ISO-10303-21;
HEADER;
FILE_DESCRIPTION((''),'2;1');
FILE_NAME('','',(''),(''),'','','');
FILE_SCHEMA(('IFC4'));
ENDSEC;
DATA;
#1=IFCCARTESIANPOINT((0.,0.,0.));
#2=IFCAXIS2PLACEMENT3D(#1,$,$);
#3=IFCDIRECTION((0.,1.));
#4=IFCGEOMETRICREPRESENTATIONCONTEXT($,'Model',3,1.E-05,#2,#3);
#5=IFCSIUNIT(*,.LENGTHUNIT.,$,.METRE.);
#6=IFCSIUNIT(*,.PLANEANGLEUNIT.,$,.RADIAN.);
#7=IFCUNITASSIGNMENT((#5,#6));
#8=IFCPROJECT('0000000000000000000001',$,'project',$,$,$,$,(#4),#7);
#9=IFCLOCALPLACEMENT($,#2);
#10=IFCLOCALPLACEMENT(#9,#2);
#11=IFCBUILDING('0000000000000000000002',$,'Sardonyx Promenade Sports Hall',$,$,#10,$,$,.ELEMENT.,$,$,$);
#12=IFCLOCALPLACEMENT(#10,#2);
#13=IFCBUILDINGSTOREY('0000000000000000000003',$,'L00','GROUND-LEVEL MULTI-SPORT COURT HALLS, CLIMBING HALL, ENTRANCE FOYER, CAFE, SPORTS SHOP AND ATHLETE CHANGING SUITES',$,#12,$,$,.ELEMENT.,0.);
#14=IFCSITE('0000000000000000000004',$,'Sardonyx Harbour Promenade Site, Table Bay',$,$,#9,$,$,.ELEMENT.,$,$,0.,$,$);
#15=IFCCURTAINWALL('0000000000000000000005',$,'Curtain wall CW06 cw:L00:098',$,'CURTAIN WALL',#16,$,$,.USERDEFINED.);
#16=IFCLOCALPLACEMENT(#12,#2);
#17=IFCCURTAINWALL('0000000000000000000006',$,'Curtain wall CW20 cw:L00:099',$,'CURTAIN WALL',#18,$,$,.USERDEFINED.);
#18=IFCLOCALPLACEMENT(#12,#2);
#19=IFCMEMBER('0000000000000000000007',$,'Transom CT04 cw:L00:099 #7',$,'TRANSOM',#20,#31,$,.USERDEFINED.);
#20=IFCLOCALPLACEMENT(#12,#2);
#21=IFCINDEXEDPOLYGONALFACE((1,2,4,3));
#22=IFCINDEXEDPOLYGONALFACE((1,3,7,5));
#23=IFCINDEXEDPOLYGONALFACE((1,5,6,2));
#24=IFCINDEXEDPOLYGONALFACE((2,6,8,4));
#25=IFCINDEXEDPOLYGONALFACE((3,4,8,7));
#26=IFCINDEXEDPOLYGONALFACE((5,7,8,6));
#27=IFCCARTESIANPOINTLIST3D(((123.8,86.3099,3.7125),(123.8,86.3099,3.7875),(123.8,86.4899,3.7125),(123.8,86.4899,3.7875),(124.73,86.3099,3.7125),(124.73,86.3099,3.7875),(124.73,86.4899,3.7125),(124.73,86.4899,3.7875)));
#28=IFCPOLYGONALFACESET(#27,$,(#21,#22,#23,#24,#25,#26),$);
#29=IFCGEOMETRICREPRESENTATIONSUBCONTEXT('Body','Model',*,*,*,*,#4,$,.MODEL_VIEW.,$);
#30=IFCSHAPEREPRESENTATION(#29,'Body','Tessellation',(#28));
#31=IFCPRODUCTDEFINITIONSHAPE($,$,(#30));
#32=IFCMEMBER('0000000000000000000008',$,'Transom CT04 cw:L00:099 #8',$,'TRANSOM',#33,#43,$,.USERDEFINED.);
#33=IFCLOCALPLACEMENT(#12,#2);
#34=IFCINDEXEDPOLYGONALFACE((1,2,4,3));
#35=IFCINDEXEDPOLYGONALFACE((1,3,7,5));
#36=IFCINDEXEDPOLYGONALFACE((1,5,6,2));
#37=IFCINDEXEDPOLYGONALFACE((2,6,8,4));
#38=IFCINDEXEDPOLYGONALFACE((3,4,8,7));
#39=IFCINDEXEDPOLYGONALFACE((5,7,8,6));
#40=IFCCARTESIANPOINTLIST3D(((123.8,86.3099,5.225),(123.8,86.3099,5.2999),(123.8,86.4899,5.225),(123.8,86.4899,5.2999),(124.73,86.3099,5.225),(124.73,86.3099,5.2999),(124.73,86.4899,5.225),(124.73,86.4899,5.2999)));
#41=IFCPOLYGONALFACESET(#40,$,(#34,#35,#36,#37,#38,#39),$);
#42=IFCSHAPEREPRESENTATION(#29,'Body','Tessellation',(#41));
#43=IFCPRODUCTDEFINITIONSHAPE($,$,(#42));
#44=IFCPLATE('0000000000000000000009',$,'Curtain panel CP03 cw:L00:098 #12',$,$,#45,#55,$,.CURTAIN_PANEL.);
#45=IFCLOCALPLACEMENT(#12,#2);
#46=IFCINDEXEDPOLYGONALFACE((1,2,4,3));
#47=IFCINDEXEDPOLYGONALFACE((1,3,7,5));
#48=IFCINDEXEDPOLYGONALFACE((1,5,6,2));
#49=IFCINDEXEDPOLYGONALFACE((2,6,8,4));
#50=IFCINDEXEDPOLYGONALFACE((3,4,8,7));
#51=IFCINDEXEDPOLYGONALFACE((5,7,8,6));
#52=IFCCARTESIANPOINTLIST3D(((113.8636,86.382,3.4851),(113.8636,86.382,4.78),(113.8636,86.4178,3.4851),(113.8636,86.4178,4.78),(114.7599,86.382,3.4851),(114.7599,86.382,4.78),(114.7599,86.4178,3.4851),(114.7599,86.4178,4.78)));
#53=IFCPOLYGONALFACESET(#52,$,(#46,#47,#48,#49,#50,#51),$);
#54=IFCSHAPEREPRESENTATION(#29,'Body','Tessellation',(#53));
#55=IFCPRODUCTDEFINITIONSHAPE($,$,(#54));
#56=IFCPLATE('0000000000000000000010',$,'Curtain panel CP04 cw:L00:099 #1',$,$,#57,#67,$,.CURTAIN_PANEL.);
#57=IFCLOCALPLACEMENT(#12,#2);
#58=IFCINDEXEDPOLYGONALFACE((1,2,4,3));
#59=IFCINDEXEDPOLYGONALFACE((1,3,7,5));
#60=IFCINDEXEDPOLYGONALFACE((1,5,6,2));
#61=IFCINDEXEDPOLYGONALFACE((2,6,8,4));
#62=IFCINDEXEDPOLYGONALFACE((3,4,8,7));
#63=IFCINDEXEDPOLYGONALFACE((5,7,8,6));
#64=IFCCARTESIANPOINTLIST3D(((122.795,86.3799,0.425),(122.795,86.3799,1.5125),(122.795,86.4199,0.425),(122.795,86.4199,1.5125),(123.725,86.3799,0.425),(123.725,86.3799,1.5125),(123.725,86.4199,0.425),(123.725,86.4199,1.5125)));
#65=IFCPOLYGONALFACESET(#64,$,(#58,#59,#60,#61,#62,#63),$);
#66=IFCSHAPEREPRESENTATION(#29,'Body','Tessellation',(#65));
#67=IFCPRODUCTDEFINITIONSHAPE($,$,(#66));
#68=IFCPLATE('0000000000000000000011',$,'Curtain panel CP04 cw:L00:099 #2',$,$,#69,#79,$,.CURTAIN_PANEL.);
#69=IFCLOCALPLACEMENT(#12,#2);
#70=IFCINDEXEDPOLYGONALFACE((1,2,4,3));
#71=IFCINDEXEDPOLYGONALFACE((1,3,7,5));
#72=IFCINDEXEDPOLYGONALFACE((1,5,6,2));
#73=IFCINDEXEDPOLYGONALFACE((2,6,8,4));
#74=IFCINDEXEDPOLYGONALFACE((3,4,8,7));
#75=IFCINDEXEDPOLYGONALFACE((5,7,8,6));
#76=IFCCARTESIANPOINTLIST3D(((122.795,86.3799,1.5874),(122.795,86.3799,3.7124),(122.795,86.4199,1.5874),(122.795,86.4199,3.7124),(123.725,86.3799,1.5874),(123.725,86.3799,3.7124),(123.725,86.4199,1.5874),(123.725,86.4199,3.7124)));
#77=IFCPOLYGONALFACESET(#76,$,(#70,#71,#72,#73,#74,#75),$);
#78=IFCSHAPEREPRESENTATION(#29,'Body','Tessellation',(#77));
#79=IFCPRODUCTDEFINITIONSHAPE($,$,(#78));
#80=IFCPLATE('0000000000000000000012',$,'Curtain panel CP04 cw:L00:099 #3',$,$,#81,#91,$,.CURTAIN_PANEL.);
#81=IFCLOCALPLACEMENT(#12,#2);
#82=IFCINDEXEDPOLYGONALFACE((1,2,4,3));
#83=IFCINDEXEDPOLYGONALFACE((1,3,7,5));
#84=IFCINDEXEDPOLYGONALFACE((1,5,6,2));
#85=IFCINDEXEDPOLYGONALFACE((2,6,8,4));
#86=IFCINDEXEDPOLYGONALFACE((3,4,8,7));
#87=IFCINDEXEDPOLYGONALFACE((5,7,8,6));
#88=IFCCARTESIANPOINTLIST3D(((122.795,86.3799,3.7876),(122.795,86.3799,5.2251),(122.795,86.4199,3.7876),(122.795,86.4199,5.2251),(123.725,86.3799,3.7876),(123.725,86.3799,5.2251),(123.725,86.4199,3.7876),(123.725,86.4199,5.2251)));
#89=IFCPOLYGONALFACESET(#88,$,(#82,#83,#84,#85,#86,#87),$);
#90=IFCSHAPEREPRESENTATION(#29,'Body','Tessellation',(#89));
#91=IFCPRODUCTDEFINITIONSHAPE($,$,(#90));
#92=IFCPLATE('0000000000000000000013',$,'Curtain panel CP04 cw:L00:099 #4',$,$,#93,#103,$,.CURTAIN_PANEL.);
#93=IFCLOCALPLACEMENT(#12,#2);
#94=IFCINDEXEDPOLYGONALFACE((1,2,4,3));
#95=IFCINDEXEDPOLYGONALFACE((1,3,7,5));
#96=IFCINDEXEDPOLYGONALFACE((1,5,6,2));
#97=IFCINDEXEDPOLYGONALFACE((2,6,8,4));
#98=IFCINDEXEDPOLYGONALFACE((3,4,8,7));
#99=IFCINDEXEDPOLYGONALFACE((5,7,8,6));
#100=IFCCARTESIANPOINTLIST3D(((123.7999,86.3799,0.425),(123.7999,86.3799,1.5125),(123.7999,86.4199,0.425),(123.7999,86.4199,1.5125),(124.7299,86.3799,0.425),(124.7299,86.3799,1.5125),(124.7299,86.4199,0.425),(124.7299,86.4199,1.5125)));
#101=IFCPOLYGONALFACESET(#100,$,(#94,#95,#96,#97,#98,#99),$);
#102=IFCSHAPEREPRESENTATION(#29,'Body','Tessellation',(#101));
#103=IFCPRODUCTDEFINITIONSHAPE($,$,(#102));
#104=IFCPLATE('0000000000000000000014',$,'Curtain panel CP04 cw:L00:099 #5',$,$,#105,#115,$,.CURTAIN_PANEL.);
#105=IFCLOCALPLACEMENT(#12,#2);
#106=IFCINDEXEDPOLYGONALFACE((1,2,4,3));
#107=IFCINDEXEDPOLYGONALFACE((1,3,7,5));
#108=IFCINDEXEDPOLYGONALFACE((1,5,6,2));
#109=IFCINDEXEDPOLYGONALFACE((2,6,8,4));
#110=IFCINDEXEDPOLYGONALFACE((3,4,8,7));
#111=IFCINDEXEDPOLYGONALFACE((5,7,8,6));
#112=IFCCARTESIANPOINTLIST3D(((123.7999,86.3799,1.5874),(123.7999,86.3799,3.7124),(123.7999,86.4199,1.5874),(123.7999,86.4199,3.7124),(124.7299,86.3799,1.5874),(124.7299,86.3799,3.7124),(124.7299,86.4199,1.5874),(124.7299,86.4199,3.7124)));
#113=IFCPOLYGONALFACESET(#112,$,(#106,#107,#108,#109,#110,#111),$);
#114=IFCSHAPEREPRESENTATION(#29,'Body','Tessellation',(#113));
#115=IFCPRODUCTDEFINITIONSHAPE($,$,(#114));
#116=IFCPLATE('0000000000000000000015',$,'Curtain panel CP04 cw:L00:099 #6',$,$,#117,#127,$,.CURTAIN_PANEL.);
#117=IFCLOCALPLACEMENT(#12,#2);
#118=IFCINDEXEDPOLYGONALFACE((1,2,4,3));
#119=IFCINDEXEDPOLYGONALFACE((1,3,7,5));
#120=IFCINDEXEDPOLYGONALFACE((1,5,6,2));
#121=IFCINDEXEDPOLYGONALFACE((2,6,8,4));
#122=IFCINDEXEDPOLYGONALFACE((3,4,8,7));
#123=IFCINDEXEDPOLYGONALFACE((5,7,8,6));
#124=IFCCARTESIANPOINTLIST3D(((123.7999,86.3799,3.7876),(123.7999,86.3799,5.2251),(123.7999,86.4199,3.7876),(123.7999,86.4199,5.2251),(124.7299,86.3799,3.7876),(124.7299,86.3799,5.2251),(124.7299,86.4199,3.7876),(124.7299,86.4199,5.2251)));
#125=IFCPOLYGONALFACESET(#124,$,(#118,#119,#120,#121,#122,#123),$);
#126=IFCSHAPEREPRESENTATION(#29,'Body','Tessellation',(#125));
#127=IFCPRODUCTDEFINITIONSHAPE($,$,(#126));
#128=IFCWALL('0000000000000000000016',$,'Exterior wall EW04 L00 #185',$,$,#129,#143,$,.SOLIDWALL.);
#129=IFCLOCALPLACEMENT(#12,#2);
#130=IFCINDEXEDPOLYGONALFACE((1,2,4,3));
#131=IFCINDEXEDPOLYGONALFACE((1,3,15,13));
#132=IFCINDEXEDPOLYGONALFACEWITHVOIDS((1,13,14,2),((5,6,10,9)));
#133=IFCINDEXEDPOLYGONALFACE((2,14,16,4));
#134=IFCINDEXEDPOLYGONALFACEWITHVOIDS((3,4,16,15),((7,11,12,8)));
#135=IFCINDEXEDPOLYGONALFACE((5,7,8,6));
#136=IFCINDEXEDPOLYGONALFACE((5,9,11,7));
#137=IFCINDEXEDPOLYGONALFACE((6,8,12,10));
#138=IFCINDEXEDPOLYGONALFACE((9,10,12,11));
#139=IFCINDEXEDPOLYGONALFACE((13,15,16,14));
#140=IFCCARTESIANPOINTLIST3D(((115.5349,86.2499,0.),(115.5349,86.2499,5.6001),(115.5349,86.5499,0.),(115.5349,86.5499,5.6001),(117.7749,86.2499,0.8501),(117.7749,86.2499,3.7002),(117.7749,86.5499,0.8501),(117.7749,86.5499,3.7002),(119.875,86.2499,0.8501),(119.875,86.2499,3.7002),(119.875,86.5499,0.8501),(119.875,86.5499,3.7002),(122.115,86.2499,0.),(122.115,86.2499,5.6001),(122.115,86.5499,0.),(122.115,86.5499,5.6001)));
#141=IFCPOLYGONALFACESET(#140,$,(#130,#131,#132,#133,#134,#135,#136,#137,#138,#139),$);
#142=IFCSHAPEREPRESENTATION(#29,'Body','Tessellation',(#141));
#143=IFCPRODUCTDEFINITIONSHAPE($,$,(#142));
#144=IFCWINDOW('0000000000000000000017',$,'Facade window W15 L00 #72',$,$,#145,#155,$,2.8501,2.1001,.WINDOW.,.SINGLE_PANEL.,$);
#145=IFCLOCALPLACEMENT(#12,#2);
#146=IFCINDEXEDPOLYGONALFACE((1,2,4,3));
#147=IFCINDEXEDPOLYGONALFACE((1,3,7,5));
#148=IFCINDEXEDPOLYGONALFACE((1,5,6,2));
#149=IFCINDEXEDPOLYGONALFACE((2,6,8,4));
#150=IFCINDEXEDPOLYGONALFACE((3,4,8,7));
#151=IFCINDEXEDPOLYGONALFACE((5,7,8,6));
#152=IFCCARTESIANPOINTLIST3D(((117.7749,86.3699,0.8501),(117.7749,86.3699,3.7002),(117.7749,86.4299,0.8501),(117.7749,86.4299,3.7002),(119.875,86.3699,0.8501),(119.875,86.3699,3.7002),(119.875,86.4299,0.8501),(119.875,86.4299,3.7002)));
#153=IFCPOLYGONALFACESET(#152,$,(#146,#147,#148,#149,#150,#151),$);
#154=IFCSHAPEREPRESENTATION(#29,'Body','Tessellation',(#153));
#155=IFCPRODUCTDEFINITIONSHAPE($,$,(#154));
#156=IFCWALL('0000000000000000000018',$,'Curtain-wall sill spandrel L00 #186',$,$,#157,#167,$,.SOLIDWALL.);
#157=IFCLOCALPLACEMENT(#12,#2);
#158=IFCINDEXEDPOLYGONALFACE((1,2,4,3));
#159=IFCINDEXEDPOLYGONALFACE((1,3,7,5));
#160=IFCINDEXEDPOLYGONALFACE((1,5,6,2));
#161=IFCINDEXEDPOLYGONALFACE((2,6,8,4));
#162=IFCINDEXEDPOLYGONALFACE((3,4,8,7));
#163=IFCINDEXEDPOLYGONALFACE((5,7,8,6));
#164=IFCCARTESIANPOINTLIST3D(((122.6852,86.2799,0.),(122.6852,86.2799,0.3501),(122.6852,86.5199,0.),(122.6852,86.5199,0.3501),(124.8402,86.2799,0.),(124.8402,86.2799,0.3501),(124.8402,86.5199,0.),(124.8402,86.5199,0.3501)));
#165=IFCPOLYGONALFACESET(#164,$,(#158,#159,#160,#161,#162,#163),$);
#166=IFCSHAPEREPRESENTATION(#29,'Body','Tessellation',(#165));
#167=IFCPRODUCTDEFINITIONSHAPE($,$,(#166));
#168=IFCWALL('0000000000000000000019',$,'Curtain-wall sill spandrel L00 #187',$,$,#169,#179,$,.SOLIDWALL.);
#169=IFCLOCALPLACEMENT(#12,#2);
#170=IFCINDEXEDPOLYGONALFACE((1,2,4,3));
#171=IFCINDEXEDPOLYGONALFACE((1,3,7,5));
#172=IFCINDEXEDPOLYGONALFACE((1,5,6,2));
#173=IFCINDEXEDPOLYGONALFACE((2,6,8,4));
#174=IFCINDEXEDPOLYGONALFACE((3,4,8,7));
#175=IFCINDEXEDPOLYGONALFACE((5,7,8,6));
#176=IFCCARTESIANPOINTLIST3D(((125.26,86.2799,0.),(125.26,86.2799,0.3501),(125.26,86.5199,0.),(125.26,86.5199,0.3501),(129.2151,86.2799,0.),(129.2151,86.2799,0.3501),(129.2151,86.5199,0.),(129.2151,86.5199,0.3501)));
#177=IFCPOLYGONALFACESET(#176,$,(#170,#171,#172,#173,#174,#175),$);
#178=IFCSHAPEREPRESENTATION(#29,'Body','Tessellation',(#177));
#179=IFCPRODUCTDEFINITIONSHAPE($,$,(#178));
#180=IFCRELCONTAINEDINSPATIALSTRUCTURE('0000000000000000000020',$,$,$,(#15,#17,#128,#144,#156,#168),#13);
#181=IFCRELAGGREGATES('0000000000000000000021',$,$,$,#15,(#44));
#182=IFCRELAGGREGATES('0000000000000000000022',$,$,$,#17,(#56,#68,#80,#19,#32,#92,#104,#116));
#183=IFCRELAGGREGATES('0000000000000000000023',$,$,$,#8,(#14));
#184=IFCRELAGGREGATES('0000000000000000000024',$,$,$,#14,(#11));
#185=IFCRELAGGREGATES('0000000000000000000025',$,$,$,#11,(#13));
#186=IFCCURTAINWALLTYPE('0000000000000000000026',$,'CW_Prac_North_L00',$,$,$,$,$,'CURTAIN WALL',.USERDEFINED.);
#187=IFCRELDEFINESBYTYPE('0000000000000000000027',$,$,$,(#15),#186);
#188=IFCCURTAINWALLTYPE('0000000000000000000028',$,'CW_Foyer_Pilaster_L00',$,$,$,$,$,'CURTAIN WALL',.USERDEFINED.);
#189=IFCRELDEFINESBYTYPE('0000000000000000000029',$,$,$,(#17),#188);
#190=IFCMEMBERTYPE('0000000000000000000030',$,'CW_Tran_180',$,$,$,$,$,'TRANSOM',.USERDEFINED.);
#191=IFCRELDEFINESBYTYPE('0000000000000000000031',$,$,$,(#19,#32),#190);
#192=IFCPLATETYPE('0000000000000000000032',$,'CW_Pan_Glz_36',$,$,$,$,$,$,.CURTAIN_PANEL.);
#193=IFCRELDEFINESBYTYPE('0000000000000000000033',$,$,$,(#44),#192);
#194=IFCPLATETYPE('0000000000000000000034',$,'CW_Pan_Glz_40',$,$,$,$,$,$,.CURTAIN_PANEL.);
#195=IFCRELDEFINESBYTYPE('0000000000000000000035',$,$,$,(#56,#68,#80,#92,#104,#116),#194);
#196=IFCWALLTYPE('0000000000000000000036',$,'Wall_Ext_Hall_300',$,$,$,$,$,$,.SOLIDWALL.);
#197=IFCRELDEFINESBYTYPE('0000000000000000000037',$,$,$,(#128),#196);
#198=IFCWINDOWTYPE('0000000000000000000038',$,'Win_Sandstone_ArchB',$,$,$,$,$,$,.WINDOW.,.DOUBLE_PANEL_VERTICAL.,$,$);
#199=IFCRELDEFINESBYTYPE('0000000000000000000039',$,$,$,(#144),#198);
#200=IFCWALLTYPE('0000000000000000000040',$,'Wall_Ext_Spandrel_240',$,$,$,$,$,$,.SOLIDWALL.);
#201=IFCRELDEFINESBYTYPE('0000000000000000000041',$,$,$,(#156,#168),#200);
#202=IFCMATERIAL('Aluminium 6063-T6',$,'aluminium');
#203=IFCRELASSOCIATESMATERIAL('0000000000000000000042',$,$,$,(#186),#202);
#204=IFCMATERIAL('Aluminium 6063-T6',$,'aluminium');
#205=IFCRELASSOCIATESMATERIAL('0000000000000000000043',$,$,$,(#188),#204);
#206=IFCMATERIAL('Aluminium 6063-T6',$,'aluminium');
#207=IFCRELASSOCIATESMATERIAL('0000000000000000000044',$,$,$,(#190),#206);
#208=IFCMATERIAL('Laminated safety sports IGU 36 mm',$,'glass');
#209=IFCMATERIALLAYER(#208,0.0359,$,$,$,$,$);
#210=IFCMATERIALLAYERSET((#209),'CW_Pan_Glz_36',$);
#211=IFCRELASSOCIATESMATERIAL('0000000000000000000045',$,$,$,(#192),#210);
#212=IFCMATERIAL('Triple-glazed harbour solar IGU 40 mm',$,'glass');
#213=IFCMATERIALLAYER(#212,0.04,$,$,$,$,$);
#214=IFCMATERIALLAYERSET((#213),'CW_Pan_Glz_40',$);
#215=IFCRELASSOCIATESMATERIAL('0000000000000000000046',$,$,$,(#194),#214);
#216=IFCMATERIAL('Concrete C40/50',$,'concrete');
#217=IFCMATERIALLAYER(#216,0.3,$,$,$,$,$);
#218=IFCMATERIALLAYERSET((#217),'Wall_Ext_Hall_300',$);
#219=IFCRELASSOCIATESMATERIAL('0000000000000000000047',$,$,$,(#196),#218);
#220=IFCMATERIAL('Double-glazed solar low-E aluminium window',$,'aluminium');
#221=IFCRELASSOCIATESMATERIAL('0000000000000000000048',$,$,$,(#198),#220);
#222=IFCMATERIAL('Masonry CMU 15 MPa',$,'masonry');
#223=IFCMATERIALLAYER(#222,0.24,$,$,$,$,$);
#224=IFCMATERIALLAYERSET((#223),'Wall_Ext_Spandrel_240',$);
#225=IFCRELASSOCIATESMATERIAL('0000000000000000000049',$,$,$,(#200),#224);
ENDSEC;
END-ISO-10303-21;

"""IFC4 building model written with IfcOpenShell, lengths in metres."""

from ifc_helpers import new_model, si_unit, direction, frame, frame_2d, origin, origin_2d, place, context, subcontext, project, spatial, rectangle, extrude, material, layer, layer_set, material_profile, profile_set, type_object, element, fill, aggregate, save


model = new_model("IFC4")

# Units and contexts
model_context = context("Model", 3, precision=1e-05, world=origin(), true_north=direction((0.0, 1.0)))
body_context = subcontext(model_context, "Body", "Model", "MODEL_VIEW")
ifc_project = project(units=[si_unit("LENGTHUNIT", "METRE"), si_unit("PLANEANGLEUNIT", "RADIAN")], contexts=[model_context])

# Site, building, storey
site_placement = place(None, origin())
site = spatial("IfcSite", under=ifc_project, at=site_placement, Name="Sardonyx Harbour Promenade Site, Table Bay", CompositionType="ELEMENT", RefElevation=0.0)
building_placement = place(site_placement, origin())
building = spatial("IfcBuilding", under=site, at=building_placement, Name="Sardonyx Promenade Sports Hall", CompositionType="ELEMENT")
storey_placement = place(building_placement, origin())
storey = spatial("IfcBuildingStorey", under=building, at=storey_placement, Name="L00", Description="GROUND-LEVEL MULTI-SPORT COURT HALLS, CLIMBING HALL, ENTRANCE FOYER, CAFE, SPORTS SHOP AND ATHLETE CHANGING SUITES", CompositionType="ELEMENT", Elevation=0.0)

# Curtain wall
ifc_material_1 = material(Name="Aluminium 6063-T6", Category="aluminium")
curtain_wall_type_1 = type_object("IfcCurtainWallType", Name="CW_Prac_North_L00", ElementType="CURTAIN WALL", PredefinedType="USERDEFINED", material=ifc_material_1)
curtain_wall_1_placement = place(storey_placement, origin())
curtain_wall_1 = element("IfcCurtainWall", 1, at=curtain_wall_1_placement, inside=storey, type_object=curtain_wall_type_1, Name="Curtain wall CW06 cw:L00:098", ObjectType="CURTAIN WALL", PredefinedType="USERDEFINED")

# Curtain wall, members
ifc_material_2 = material(Name="Aluminium 6063-T6", Category="aluminium")
curtain_wall_type_2 = type_object("IfcCurtainWallType", Name="CW_Foyer_Pilaster_L00", ElementType="CURTAIN WALL", PredefinedType="USERDEFINED", material=ifc_material_2)
curtain_wall_2_placement = place(storey_placement, origin())
curtain_wall_2 = element("IfcCurtainWall", 2, at=curtain_wall_2_placement, inside=storey, type_object=curtain_wall_type_2, Name="Curtain wall CW20 cw:L00:099", ObjectType="CURTAIN WALL", PredefinedType="USERDEFINED")
ifc_material_3 = material(Name="Aluminium 6063-T6", Category="aluminium")
ifc_material_profile_1 = material_profile(ifc_material_3, rectangle(XDim=0.075, YDim=0.1799, at=origin_2d()))
ifc_profile_set_1 = profile_set([ifc_material_profile_1], Name="Aluminium 6063-T6")
member_type_1 = type_object("IfcMemberType", Name="CW_Tran_180", ElementType="TRANSOM", PredefinedType="USERDEFINED", material=ifc_profile_set_1)
member_1_placement = place(storey_placement, frame((123.8, 86.3999, 3.75), z_axis=(1.0, 0.0, 0.0), x_axis=(0.0, 0.0, 1.0)))
member_1 = element("IfcMember", 3, at=member_1_placement, type_object=member_type_1, Name="Transom CT04 cw:L00:099 #7", ObjectType="TRANSOM", PredefinedType="USERDEFINED", context=body_context, shape_type="SweptSolid", body=[
    extrude(rectangle(XDim=0.075, YDim=0.1799, at=origin_2d()), origin(), (0.0, 0.0, 1.0), 0.9299),
])
member_2_placement = place(storey_placement, frame((123.8, 86.3999, 5.2625), z_axis=(1.0, 0.0, 0.0), x_axis=(0.0, 0.0, 1.0)))
member_2 = element("IfcMember", 4, at=member_2_placement, type_object=member_type_1, Name="Transom CT04 cw:L00:099 #8", ObjectType="TRANSOM", PredefinedType="USERDEFINED", context=body_context, shape_type="SweptSolid", body=[
    extrude(rectangle(XDim=0.075, YDim=0.1799, at=origin_2d()), origin(), (0.0, 0.0, 1.0), 0.9299),
])

# Plates
ifc_material_4 = material(Name="Laminated safety sports IGU 36 mm", Category="glass")
ifc_layer_1 = layer(ifc_material_4, 0.0359)
ifc_layer_set_1 = layer_set([ifc_layer_1], Name="CW_Pan_Glz_36")
plate_type_1 = type_object("IfcPlateType", Name="CW_Pan_Glz_36", PredefinedType="CURTAIN_PANEL", material=ifc_layer_set_1)
plate_1_placement = place(storey_placement, frame((114.3118, 86.3999, 3.4851), z_axis=(0.0, 0.0, 1.0), x_axis=(1.0, 0.0, 0.0)))
plate_1 = element("IfcPlate", 5, at=plate_1_placement, type_object=plate_type_1, Name="Curtain panel CP03 cw:L00:098 #12", PredefinedType="CURTAIN_PANEL", context=body_context, shape_type="SweptSolid", body=[
    extrude(rectangle(XDim=0.8962, YDim=0.0359, at=origin_2d()), origin(), (0.0, 0.0, 1.0), 1.2949),
])
aggregate(curtain_wall_1, [plate_1])
ifc_material_5 = material(Name="Triple-glazed harbour solar IGU 40 mm", Category="glass")
ifc_layer_2 = layer(ifc_material_5, 0.04)
ifc_layer_set_2 = layer_set([ifc_layer_2], Name="CW_Pan_Glz_40")
plate_type_2 = type_object("IfcPlateType", Name="CW_Pan_Glz_40", PredefinedType="CURTAIN_PANEL", material=ifc_layer_set_2)
plate_2_placement = place(storey_placement, frame((123.26, 86.3999, 0.425), z_axis=(0.0, 0.0, 1.0), x_axis=(1.0, 0.0, 0.0)))
plate_2 = element("IfcPlate", 6, at=plate_2_placement, type_object=plate_type_2, Name="Curtain panel CP04 cw:L00:099 #1", PredefinedType="CURTAIN_PANEL", context=body_context, shape_type="SweptSolid", body=[
    extrude(rectangle(XDim=0.9299, YDim=0.04, at=origin_2d()), origin(), (0.0, 0.0, 1.0), 1.0874),
])
plate_3_placement = place(storey_placement, frame((123.26, 86.3999, 1.5874), z_axis=(0.0, 0.0, 1.0), x_axis=(1.0, 0.0, 0.0)))
plate_3 = element("IfcPlate", 7, at=plate_3_placement, type_object=plate_type_2, Name="Curtain panel CP04 cw:L00:099 #2", PredefinedType="CURTAIN_PANEL", context=body_context, shape_type="SweptSolid", body=[
    extrude(rectangle(XDim=0.9299, YDim=0.04, at=origin_2d()), origin(), (0.0, 0.0, 1.0), 2.125),
])
plate_4_placement = place(storey_placement, frame((123.26, 86.3999, 3.7876), z_axis=(0.0, 0.0, 1.0), x_axis=(1.0, 0.0, 0.0)))
plate_4 = element("IfcPlate", 8, at=plate_4_placement, type_object=plate_type_2, Name="Curtain panel CP04 cw:L00:099 #3", PredefinedType="CURTAIN_PANEL", context=body_context, shape_type="SweptSolid", body=[
    extrude(rectangle(XDim=0.9299, YDim=0.04, at=origin_2d()), origin(), (0.0, 0.0, 1.0), 1.4375),
])
plate_5_placement = place(storey_placement, frame((124.2649, 86.3999, 0.425), z_axis=(0.0, 0.0, 1.0), x_axis=(1.0, 0.0, 0.0)))
plate_5 = element("IfcPlate", 9, at=plate_5_placement, type_object=plate_type_2, Name="Curtain panel CP04 cw:L00:099 #4", PredefinedType="CURTAIN_PANEL", context=body_context, shape_type="SweptSolid", body=[
    extrude(rectangle(XDim=0.9299, YDim=0.04, at=origin_2d()), origin(), (0.0, 0.0, 1.0), 1.0874),
])
plate_6_placement = place(storey_placement, frame((124.2649, 86.3999, 1.5874), z_axis=(0.0, 0.0, 1.0), x_axis=(1.0, 0.0, 0.0)))
plate_6 = element("IfcPlate", 10, at=plate_6_placement, type_object=plate_type_2, Name="Curtain panel CP04 cw:L00:099 #5", PredefinedType="CURTAIN_PANEL", context=body_context, shape_type="SweptSolid", body=[
    extrude(rectangle(XDim=0.9299, YDim=0.04, at=origin_2d()), origin(), (0.0, 0.0, 1.0), 2.125),
])
plate_7_placement = place(storey_placement, frame((124.2649, 86.3999, 3.7876), z_axis=(0.0, 0.0, 1.0), x_axis=(1.0, 0.0, 0.0)))
plate_7 = element("IfcPlate", 11, at=plate_7_placement, type_object=plate_type_2, Name="Curtain panel CP04 cw:L00:099 #6", PredefinedType="CURTAIN_PANEL", context=body_context, shape_type="SweptSolid", body=[
    extrude(rectangle(XDim=0.9299, YDim=0.04, at=origin_2d()), origin(), (0.0, 0.0, 1.0), 1.4375),
])
aggregate(curtain_wall_2, [plate_2, plate_3, plate_4, member_1, member_2, plate_5, plate_6, plate_7])

# Wall, opening, window
ifc_material_6 = material(Name="Concrete C40/50", Category="concrete")
ifc_layer_3 = layer(ifc_material_6, 0.3)
ifc_layer_set_3 = layer_set([ifc_layer_3], Name="Wall_Ext_Hall_300")
wall_type_1 = type_object("IfcWallType", Name="Wall_Ext_Hall_300", PredefinedType="SOLIDWALL", material=ifc_layer_set_3)
wall_1_placement = place(storey_placement, frame((115.5349, 86.3999, 0.0), z_axis=(0.0, 0.0, 1.0), x_axis=(1.0, 0.0, 0.0)))
wall_1 = element("IfcWall", 12, at=wall_1_placement, inside=storey, type_object=wall_type_1, Name="Exterior wall EW04 L00 #185", PredefinedType="SOLIDWALL", context=body_context, shape_type="SweptSolid", body=[
    extrude(rectangle(XDim=6.5801, YDim=0.3, at=frame_2d((3.29, 0.0))), origin(), (0.0, 0.0, 1.0), 5.6001),
])
opening_placement = place(wall_1_placement, frame((2.24, 0.0, 0.8501)))
opening = element("IfcOpeningElement", 13, at=opening_placement, cuts=wall_1, PredefinedType="OPENING", context=body_context, shape_type="SweptSolid", body=[
    extrude(rectangle(XDim=2.1001, YDim=2.8501, at=frame_2d((1.05, 1.425))), frame((0.0, 0.16, 0.0), z_axis=(0.0, -1.0, 0.0), x_axis=(1.0, 0.0, 0.0)), (0.0, 0.0, 1.0), 0.32),
])
ifc_material_7 = material(Name="Double-glazed solar low-E aluminium window", Category="aluminium")
window_type = type_object("IfcWindowType", Name="Win_Sandstone_ArchB", PartitioningType="DOUBLE_PANEL_VERTICAL", PredefinedType="WINDOW", material=ifc_material_7)
window_placement = place(opening_placement, origin())
window = element("IfcWindow", 14, at=window_placement, inside=storey, type_object=window_type, Name="Facade window W15 L00 #72", OverallHeight=2.8501, OverallWidth=2.1001, PartitioningType="SINGLE_PANEL", PredefinedType="WINDOW", context=body_context, shape_type="SweptSolid", body=[
    extrude(rectangle(XDim=2.1001, YDim=2.8501, at=frame_2d((1.05, 1.425))), frame((0.0, 0.03, 0.0), z_axis=(0.0, -1.0, 0.0), x_axis=(1.0, 0.0, 0.0)), (0.0, 0.0, 1.0), 0.0601),
])
fill(opening, window)

# Walls
ifc_material_8 = material(Name="Masonry CMU 15 MPa", Category="masonry")
ifc_layer_4 = layer(ifc_material_8, 0.24)
ifc_layer_set_4 = layer_set([ifc_layer_4], Name="Wall_Ext_Spandrel_240")
wall_type_2 = type_object("IfcWallType", Name="Wall_Ext_Spandrel_240", PredefinedType="SOLIDWALL", material=ifc_layer_set_4)
wall_2_placement = place(storey_placement, frame((122.6851, 86.3999, 0.0), z_axis=(0.0, 0.0, 1.0), x_axis=(1.0, 0.0, 0.0)))
element("IfcWall", 15, at=wall_2_placement, inside=storey, type_object=wall_type_2, Name="Curtain-wall sill spandrel L00 #186", PredefinedType="SOLIDWALL", context=body_context, shape_type="SweptSolid", body=[
    extrude(rectangle(XDim=2.155, YDim=0.24, at=frame_2d((1.0776, 0.0))), origin(), (0.0, 0.0, 1.0), 0.3501),
])
wall_3_placement = place(storey_placement, frame((125.26, 86.3999, 0.0), z_axis=(0.0, 0.0, 1.0), x_axis=(1.0, 0.0, 0.0)))
element("IfcWall", 16, at=wall_3_placement, inside=storey, type_object=wall_type_2, Name="Curtain-wall sill spandrel L00 #187", PredefinedType="SOLIDWALL", context=body_context, shape_type="SweptSolid", body=[
    extrude(rectangle(XDim=3.9551, YDim=0.24, at=frame_2d((1.9775, 0.0))), origin(), (0.0, 0.0, 1.0), 0.3501),
])

save(model, "model.ifc")
